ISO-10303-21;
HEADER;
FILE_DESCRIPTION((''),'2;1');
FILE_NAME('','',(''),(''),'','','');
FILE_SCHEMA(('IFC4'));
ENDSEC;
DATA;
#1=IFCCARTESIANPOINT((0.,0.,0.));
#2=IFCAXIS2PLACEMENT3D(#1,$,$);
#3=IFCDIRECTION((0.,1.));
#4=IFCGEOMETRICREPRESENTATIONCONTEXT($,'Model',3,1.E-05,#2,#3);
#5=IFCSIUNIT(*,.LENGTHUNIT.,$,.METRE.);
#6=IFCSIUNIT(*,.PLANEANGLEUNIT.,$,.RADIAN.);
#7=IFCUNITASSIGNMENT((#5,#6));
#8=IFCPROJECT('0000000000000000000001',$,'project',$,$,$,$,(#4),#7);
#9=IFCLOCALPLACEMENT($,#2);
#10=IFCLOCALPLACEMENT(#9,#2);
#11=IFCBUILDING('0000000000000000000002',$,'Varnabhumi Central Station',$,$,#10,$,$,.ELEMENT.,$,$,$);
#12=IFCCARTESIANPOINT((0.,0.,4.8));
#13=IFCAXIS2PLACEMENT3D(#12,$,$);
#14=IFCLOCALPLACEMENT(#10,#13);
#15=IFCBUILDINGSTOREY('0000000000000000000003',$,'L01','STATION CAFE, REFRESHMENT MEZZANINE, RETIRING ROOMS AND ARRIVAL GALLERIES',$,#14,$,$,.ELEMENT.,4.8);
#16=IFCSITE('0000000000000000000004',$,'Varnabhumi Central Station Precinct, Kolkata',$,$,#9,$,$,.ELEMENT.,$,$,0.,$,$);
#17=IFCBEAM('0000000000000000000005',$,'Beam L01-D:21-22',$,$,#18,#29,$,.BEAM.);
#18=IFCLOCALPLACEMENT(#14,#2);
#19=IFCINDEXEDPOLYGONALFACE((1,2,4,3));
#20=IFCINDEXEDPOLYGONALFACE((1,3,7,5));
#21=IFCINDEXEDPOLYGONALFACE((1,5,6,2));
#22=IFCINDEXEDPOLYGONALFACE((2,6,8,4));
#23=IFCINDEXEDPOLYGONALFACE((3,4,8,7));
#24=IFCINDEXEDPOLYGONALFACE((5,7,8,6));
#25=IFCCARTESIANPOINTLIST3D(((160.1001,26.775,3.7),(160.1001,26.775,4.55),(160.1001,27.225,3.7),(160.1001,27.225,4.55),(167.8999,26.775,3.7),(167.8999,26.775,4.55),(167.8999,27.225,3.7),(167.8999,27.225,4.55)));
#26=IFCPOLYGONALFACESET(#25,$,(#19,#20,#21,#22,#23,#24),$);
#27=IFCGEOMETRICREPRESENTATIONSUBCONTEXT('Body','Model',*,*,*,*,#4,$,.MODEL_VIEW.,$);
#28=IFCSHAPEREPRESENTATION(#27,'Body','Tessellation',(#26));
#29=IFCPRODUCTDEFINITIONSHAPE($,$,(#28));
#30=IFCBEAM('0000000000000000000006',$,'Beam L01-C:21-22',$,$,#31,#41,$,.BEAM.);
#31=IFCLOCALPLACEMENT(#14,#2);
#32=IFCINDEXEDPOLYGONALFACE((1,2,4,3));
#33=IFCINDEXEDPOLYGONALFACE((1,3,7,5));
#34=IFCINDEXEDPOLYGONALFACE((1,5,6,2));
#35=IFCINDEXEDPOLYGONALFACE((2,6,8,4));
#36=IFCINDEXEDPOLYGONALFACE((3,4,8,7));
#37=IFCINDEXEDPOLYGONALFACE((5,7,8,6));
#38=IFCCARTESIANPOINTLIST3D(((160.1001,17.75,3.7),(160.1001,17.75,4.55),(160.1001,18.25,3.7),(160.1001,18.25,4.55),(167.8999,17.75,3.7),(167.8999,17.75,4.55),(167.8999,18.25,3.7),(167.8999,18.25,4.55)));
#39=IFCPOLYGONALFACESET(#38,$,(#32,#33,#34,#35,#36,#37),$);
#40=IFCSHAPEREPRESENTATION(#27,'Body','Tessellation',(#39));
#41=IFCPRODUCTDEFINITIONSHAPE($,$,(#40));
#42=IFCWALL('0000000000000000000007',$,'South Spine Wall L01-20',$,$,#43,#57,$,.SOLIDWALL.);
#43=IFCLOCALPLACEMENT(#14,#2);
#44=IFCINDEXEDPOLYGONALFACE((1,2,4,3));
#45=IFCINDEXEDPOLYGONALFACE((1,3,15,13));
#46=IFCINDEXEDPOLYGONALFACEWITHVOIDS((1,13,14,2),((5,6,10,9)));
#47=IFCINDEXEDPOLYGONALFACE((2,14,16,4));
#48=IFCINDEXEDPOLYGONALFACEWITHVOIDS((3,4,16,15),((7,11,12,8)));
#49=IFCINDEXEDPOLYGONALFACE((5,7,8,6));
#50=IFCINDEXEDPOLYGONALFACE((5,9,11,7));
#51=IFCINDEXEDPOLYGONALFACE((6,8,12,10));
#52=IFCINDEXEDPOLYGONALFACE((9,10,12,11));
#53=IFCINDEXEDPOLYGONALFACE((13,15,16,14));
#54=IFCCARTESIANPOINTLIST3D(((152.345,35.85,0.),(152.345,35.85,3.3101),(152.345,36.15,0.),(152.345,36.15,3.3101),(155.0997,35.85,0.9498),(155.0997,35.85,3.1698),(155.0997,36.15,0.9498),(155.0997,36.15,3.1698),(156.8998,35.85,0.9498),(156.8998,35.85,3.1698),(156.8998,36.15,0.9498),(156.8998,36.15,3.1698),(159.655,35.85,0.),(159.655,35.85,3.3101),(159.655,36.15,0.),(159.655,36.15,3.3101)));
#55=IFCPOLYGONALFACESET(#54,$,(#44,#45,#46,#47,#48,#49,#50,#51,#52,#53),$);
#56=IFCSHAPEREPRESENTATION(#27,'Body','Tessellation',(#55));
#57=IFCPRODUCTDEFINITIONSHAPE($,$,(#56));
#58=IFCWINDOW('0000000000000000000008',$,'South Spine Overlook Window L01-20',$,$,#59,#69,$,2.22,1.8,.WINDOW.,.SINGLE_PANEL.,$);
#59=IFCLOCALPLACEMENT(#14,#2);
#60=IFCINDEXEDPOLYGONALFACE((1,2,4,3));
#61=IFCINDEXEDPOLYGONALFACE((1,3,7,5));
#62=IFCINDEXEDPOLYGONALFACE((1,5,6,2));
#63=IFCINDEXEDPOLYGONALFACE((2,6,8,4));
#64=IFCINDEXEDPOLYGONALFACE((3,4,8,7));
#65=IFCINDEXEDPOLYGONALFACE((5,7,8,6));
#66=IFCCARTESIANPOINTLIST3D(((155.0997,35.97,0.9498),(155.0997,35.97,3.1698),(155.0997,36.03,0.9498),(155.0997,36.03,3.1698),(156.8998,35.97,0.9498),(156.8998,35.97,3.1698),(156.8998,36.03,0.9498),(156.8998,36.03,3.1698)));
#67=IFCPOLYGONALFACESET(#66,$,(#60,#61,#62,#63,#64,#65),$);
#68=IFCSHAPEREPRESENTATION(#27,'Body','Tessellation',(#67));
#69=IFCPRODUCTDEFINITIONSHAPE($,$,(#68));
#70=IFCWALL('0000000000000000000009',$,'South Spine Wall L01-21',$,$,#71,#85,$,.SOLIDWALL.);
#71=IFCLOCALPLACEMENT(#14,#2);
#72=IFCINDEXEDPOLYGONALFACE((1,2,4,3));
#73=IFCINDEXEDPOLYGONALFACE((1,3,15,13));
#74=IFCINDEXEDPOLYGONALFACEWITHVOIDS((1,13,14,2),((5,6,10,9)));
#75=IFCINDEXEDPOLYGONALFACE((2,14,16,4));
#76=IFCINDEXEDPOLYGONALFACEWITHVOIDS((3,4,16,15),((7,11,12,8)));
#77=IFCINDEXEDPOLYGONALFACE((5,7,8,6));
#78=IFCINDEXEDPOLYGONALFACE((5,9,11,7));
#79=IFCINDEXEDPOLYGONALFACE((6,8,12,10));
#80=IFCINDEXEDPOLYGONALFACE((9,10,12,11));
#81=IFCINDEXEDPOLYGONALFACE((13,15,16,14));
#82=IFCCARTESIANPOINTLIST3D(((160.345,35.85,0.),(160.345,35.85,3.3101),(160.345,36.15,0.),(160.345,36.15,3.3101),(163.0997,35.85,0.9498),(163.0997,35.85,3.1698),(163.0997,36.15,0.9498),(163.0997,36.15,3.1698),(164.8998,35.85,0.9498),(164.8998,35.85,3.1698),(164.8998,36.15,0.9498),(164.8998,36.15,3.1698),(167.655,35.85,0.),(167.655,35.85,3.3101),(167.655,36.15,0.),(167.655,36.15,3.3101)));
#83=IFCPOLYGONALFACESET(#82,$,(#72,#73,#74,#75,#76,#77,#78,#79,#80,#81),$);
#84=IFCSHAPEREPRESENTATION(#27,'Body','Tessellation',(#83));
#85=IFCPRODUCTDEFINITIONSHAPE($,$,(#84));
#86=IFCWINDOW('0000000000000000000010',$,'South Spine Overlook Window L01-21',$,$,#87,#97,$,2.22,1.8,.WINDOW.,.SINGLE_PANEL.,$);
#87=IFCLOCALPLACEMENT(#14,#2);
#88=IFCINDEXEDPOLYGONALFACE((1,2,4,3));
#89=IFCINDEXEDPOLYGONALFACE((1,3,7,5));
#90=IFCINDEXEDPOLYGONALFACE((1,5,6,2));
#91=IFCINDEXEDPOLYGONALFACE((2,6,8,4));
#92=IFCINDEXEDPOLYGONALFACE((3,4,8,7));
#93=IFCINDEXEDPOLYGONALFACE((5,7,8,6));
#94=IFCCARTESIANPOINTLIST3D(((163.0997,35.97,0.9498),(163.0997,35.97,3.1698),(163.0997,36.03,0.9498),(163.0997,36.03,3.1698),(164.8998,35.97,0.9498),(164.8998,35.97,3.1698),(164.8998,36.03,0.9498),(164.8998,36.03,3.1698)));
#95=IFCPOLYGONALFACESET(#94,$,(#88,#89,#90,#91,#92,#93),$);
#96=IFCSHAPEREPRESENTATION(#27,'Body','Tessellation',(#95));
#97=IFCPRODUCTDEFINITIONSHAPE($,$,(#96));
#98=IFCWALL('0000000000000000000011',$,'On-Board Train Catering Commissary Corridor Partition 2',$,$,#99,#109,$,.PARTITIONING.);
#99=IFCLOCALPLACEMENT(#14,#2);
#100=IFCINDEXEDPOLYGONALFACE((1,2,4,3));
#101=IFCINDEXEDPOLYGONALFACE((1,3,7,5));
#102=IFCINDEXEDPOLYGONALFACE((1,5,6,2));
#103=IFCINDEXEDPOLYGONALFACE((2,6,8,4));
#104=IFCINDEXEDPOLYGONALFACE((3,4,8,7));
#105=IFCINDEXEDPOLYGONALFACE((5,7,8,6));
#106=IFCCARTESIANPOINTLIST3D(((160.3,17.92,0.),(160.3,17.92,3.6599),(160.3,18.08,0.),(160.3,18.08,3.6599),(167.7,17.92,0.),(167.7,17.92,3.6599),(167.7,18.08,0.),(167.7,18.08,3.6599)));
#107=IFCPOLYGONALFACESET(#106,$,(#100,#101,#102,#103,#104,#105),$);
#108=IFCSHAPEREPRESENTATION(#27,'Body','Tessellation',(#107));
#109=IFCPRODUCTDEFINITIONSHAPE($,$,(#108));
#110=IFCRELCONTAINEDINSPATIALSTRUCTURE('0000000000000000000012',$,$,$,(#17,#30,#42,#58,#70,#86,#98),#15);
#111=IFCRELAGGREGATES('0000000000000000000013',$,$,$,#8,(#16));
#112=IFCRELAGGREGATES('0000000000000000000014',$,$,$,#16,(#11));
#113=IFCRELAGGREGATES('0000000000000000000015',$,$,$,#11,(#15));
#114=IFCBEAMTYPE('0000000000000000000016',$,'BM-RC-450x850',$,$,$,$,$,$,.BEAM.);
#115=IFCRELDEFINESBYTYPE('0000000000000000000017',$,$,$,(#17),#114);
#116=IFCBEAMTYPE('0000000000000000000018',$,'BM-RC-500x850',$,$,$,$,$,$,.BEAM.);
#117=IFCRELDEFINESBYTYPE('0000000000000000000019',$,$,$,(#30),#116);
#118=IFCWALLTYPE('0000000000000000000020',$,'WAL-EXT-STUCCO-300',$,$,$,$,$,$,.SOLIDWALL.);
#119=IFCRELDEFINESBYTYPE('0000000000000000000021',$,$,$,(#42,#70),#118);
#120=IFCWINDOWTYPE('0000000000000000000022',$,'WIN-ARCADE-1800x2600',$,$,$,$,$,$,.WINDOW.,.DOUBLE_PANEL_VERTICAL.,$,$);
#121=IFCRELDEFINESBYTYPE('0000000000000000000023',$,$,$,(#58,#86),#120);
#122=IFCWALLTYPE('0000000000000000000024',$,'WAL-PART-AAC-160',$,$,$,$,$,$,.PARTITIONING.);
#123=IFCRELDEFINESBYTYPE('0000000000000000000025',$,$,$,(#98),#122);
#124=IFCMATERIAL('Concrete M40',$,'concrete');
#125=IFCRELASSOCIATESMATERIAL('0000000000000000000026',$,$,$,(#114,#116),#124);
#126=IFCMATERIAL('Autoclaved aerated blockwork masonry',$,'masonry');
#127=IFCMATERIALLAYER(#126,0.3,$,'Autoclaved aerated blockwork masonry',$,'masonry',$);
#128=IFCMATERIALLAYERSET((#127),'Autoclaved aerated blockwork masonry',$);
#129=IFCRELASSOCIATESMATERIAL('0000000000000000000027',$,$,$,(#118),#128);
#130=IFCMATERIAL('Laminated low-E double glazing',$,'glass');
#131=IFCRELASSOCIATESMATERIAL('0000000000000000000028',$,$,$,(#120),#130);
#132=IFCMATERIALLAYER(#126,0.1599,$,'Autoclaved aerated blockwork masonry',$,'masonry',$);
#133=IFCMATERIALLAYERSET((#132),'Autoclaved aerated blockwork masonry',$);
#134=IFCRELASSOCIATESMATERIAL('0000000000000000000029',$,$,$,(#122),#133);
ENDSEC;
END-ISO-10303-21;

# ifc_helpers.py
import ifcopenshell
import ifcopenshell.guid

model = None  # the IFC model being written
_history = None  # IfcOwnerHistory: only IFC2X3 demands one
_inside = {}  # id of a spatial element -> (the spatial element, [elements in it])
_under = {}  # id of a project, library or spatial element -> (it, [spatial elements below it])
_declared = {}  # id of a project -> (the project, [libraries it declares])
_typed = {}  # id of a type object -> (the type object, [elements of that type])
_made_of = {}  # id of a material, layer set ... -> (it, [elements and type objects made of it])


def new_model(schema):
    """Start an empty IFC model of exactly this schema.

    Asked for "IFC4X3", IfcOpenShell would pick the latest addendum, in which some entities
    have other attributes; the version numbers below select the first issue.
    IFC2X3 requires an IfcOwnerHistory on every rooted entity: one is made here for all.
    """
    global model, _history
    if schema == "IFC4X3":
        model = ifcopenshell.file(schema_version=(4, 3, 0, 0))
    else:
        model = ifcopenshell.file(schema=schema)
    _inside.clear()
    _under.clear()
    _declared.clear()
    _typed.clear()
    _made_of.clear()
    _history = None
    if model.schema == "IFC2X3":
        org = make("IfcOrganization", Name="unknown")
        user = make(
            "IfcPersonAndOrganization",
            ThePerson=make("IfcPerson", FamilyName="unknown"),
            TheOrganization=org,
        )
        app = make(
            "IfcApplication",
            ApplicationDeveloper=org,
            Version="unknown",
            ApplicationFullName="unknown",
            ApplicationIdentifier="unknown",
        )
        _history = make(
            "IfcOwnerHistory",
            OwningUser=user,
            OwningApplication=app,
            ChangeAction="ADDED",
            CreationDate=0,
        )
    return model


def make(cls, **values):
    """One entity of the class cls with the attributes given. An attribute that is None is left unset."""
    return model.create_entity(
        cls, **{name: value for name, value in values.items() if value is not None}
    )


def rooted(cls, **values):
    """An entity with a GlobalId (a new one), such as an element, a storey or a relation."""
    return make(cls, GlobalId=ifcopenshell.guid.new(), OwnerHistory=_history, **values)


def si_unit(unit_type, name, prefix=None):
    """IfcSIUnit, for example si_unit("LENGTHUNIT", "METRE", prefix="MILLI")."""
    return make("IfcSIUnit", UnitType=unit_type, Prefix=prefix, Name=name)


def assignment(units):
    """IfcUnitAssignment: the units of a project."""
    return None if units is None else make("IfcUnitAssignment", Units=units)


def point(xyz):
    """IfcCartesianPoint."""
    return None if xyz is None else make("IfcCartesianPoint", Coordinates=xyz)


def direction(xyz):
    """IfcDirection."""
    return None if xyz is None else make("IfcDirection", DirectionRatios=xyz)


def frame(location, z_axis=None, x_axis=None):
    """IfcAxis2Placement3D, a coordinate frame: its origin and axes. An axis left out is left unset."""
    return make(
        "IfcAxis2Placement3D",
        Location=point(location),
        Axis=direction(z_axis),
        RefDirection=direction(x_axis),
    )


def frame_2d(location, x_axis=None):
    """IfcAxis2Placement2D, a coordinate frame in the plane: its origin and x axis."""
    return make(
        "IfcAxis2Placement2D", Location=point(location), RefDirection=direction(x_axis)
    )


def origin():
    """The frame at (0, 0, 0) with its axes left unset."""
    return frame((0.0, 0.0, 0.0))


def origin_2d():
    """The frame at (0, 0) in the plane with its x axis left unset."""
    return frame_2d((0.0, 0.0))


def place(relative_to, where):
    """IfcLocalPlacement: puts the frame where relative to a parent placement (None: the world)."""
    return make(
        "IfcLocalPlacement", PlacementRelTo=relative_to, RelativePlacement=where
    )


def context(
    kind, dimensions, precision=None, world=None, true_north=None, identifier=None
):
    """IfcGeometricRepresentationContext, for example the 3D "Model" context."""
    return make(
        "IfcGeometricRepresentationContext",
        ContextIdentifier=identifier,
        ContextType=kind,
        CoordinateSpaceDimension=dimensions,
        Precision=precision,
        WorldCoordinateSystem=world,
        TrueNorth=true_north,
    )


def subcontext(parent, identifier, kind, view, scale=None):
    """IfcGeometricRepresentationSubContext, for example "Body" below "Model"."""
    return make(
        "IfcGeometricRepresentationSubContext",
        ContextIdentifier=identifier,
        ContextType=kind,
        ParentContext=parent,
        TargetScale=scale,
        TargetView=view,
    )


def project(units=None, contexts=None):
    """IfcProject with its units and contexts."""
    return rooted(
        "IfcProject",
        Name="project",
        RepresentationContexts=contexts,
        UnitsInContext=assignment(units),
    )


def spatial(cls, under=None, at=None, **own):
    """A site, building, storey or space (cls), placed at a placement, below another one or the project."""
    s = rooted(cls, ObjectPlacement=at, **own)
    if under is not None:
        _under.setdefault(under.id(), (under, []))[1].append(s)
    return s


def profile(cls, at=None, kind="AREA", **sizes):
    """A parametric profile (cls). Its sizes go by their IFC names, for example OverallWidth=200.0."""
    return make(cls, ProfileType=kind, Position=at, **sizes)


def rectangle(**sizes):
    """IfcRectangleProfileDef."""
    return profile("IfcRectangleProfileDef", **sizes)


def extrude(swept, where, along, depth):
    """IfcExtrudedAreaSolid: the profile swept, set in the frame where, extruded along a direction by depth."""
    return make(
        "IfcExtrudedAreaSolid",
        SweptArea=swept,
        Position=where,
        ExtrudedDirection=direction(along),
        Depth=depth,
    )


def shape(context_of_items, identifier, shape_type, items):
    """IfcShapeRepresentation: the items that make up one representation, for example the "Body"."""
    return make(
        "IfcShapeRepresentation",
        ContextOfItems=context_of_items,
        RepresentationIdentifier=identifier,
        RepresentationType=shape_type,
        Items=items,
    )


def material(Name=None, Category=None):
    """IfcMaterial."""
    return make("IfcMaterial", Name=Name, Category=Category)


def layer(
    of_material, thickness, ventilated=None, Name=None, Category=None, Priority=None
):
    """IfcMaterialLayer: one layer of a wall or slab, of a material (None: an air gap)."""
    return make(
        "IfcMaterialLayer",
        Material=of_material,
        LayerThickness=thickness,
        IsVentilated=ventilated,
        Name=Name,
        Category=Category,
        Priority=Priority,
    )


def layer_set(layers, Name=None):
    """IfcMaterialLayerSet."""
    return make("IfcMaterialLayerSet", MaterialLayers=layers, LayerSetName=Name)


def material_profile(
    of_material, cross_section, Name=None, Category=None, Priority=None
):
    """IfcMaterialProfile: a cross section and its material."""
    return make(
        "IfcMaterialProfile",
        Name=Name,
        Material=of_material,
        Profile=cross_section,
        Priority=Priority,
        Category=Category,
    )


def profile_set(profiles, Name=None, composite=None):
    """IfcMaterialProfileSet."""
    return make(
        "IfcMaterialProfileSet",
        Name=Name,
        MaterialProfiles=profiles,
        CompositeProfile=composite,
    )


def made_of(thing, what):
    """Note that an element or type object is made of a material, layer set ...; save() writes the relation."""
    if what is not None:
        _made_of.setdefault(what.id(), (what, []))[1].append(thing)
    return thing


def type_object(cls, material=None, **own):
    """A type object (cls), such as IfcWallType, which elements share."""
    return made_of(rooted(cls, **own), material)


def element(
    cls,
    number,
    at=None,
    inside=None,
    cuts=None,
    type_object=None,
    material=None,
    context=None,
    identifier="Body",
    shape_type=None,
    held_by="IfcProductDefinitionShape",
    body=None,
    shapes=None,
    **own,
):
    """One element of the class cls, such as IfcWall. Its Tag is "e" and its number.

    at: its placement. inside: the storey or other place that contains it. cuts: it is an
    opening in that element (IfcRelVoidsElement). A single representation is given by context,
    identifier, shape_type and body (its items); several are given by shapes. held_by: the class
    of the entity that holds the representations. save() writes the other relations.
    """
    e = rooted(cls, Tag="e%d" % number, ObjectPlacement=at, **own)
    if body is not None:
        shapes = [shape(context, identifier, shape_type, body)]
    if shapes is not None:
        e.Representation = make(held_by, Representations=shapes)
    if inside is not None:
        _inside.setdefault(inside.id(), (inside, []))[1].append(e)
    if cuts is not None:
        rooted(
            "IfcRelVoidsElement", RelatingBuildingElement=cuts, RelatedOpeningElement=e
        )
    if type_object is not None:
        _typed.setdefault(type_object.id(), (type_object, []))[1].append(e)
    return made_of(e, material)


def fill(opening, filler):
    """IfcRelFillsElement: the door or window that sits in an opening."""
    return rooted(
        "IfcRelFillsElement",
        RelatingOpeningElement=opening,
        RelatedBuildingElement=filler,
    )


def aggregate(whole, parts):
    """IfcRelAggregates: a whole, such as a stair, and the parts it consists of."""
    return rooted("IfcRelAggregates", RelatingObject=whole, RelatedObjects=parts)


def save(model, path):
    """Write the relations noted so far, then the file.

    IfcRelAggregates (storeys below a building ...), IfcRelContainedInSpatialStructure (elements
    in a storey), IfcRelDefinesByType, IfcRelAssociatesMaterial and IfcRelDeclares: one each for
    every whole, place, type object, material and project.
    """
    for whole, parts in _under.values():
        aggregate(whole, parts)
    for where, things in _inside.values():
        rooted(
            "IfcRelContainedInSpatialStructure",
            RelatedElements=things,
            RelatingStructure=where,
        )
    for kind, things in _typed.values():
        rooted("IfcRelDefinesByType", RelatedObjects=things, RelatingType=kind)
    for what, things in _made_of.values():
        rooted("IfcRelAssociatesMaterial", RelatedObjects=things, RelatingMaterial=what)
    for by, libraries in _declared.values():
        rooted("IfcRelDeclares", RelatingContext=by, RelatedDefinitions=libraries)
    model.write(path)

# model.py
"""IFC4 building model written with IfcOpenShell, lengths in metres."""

from ifc_helpers import new_model, si_unit, direction, frame, frame_2d, origin, origin_2d, place, context, subcontext, project, spatial, rectangle, extrude, material, layer, layer_set, material_profile, profile_set, type_object, element, fill, save


model = new_model("IFC4")

# Units and contexts
model_context = context("Model", 3, precision=1e-05, world=origin(), true_north=direction((0.0, 1.0)))
body_context = subcontext(model_context, "Body", "Model", "MODEL_VIEW")
ifc_project = project(units=[si_unit("LENGTHUNIT", "METRE"), si_unit("PLANEANGLEUNIT", "RADIAN")], contexts=[model_context])

# Site, building, storey
site_placement = place(None, origin())
site = spatial("IfcSite", under=ifc_project, at=site_placement, Name="Varnabhumi Central Station Precinct, Kolkata", CompositionType="ELEMENT", RefElevation=0.0)
building_placement = place(site_placement, origin())
building = spatial("IfcBuilding", under=site, at=building_placement, Name="Varnabhumi Central Station", CompositionType="ELEMENT")
storey_placement = place(building_placement, frame((0.0, 0.0, 4.8)))
storey = spatial("IfcBuildingStorey", under=building, at=storey_placement, Name="L01", Description="STATION CAFE, REFRESHMENT MEZZANINE, RETIRING ROOMS AND ARRIVAL GALLERIES", CompositionType="ELEMENT", Elevation=4.8)

# Beams
ifc_material_1 = material(Name="Concrete M40", Category="concrete")
ifc_material_profile_1 = material_profile(ifc_material_1, rectangle(XDim=0.45, YDim=0.8501, at=origin_2d()), Name="Concrete M40", Category="concrete")
ifc_profile_set_1 = profile_set([ifc_material_profile_1], Name="Concrete M40")
beam_type_1 = type_object("IfcBeamType", Name="BM-RC-450x850", PredefinedType="BEAM", material=ifc_profile_set_1)
for number, where, z_axis, x_axis, name in (
    (1, (160.1001, 27.0, 4.125), (1.0, 0.0, 0.0), (0.0, 1.0, 0.0), "Beam L01-D:21-22"),
):
    element("IfcBeam", number, at=place(storey_placement, frame(where, z_axis=z_axis, x_axis=x_axis)), inside=storey, type_object=beam_type_1, Name=name, PredefinedType="BEAM", context=body_context, shape_type="SweptSolid", body=[
        extrude(rectangle(XDim=0.45, YDim=0.8501, at=origin_2d()), origin(), (0.0, 0.0, 1.0), 7.7998),
    ])
ifc_material_profile_2 = material_profile(ifc_material_1, rectangle(XDim=0.5, YDim=0.8501, at=origin_2d()), Name="Concrete M40", Category="concrete")
ifc_profile_set_2 = profile_set([ifc_material_profile_2], Name="Concrete M40")
beam_type_2 = type_object("IfcBeamType", Name="BM-RC-500x850", PredefinedType="BEAM", material=ifc_profile_set_2)
beam_1_placement = place(storey_placement, frame((160.1001, 18.0, 4.125), z_axis=(1.0, 0.0, 0.0), x_axis=(0.0, 1.0, 0.0)))
element("IfcBeam", 2, at=beam_1_placement, inside=storey, type_object=beam_type_2, Name="Beam L01-C:21-22", PredefinedType="BEAM", context=body_context, shape_type="SweptSolid", body=[
    extrude(rectangle(XDim=0.5, YDim=0.8501, at=origin_2d()), origin(), (0.0, 0.0, 1.0), 7.7998),
])

# Walls, openings, windows
ifc_material_2 = material(Name="Autoclaved aerated blockwork masonry", Category="masonry")
ifc_layer_1 = layer(ifc_material_2, 0.3, Name="Autoclaved aerated blockwork masonry", Category="masonry")
ifc_layer_set_1 = layer_set([ifc_layer_1], Name="Autoclaved aerated blockwork masonry")
wall_type_1 = type_object("IfcWallType", Name="WAL-EXT-STUCCO-300", PredefinedType="SOLIDWALL", material=ifc_layer_set_1)
wall_1_placement = place(storey_placement, frame((152.345, 36.0, 0.0), z_axis=(0.0, 0.0, 1.0), x_axis=(1.0, 0.0, 0.0)))
wall_1 = element("IfcWall", 3, at=wall_1_placement, inside=storey, type_object=wall_type_1, Name="South Spine Wall L01-20", PredefinedType="SOLIDWALL", context=body_context, shape_type="SweptSolid", body=[
    extrude(rectangle(XDim=7.3101, YDim=0.3, at=frame_2d((3.655, 0.0))), origin(), (0.0, 0.0, 1.0), 3.3101),
])
opening_1_placement = place(wall_1_placement, frame((2.7549, 0.0, 0.95)))
opening_1 = element("IfcOpeningElement", 4, at=opening_1_placement, cuts=wall_1, PredefinedType="OPENING", context=body_context, shape_type="SweptSolid", body=[
    extrude(rectangle(XDim=1.8, YDim=2.22, at=frame_2d((0.8999, 1.1099))), frame((0.0, 0.1599, 0.0), z_axis=(0.0, -1.0, 0.0), x_axis=(1.0, 0.0, 0.0)), (0.0, 0.0, 1.0), 0.3201),
])
ifc_material_3 = material(Name="Laminated low-E double glazing", Category="glass")
window_type = type_object("IfcWindowType", Name="WIN-ARCADE-1800x2600", PartitioningType="DOUBLE_PANEL_VERTICAL", PredefinedType="WINDOW", material=ifc_material_3)
window_1_placement = place(opening_1_placement, origin())
window_1 = element("IfcWindow", 5, at=window_1_placement, inside=storey, type_object=window_type, Name="South Spine Overlook Window L01-20", OverallHeight=2.22, OverallWidth=1.8, PartitioningType="SINGLE_PANEL", PredefinedType="WINDOW", context=body_context, shape_type="SweptSolid", body=[
    extrude(rectangle(XDim=1.8, YDim=2.22, at=frame_2d((0.8999, 1.1099))), frame((0.0, 0.03, 0.0), z_axis=(0.0, -1.0, 0.0), x_axis=(1.0, 0.0, 0.0)), (0.0, 0.0, 1.0), 0.0601),
])
fill(opening_1, window_1)
wall_2_placement = place(storey_placement, frame((160.345, 36.0, 0.0), z_axis=(0.0, 0.0, 1.0), x_axis=(1.0, 0.0, 0.0)))
wall_2 = element("IfcWall", 6, at=wall_2_placement, inside=storey, type_object=wall_type_1, Name="South Spine Wall L01-21", PredefinedType="SOLIDWALL", context=body_context, shape_type="SweptSolid", body=[
    extrude(rectangle(XDim=7.3101, YDim=0.3, at=frame_2d((3.655, 0.0))), origin(), (0.0, 0.0, 1.0), 3.3101),
])
opening_2_placement = place(wall_2_placement, frame((2.7549, 0.0, 0.95)))
opening_2 = element("IfcOpeningElement", 7, at=opening_2_placement, cuts=wall_2, PredefinedType="OPENING", context=body_context, shape_type="SweptSolid", body=[
    extrude(rectangle(XDim=1.8, YDim=2.22, at=frame_2d((0.8999, 1.1099))), frame((0.0, 0.1599, 0.0), z_axis=(0.0, -1.0, 0.0), x_axis=(1.0, 0.0, 0.0)), (0.0, 0.0, 1.0), 0.3201),
])
window_2_placement = place(opening_2_placement, origin())
window_2 = element("IfcWindow", 8, at=window_2_placement, inside=storey, type_object=window_type, Name="South Spine Overlook Window L01-21", OverallHeight=2.22, OverallWidth=1.8, PartitioningType="SINGLE_PANEL", PredefinedType="WINDOW", context=body_context, shape_type="SweptSolid", body=[
    extrude(rectangle(XDim=1.8, YDim=2.22, at=frame_2d((0.8999, 1.1099))), frame((0.0, 0.03, 0.0), z_axis=(0.0, -1.0, 0.0), x_axis=(1.0, 0.0, 0.0)), (0.0, 0.0, 1.0), 0.0601),
])
fill(opening_2, window_2)

# Wall
ifc_layer_2 = layer(ifc_material_2, 0.1599, Name="Autoclaved aerated blockwork masonry", Category="masonry")
ifc_layer_set_2 = layer_set([ifc_layer_2], Name="Autoclaved aerated blockwork masonry")
wall_type_2 = type_object("IfcWallType", Name="WAL-PART-AAC-160", PredefinedType="PARTITIONING", material=ifc_layer_set_2)
wall_3_placement = place(storey_placement, frame((160.3, 18.0, 0.0), z_axis=(0.0, 0.0, 1.0), x_axis=(1.0, 0.0, 0.0)))
element("IfcWall", 9, at=wall_3_placement, inside=storey, type_object=wall_type_2, Name="On-Board Train Catering Commissary Corridor Partition 2", PredefinedType="PARTITIONING", context=body_context, shape_type="SweptSolid", body=[
    extrude(rectangle(XDim=7.3999, YDim=0.1599, at=frame_2d((3.7, 0.0))), origin(), (0.0, 0.0, 1.0), 3.6599),
])

save(model, "model.ifc")
